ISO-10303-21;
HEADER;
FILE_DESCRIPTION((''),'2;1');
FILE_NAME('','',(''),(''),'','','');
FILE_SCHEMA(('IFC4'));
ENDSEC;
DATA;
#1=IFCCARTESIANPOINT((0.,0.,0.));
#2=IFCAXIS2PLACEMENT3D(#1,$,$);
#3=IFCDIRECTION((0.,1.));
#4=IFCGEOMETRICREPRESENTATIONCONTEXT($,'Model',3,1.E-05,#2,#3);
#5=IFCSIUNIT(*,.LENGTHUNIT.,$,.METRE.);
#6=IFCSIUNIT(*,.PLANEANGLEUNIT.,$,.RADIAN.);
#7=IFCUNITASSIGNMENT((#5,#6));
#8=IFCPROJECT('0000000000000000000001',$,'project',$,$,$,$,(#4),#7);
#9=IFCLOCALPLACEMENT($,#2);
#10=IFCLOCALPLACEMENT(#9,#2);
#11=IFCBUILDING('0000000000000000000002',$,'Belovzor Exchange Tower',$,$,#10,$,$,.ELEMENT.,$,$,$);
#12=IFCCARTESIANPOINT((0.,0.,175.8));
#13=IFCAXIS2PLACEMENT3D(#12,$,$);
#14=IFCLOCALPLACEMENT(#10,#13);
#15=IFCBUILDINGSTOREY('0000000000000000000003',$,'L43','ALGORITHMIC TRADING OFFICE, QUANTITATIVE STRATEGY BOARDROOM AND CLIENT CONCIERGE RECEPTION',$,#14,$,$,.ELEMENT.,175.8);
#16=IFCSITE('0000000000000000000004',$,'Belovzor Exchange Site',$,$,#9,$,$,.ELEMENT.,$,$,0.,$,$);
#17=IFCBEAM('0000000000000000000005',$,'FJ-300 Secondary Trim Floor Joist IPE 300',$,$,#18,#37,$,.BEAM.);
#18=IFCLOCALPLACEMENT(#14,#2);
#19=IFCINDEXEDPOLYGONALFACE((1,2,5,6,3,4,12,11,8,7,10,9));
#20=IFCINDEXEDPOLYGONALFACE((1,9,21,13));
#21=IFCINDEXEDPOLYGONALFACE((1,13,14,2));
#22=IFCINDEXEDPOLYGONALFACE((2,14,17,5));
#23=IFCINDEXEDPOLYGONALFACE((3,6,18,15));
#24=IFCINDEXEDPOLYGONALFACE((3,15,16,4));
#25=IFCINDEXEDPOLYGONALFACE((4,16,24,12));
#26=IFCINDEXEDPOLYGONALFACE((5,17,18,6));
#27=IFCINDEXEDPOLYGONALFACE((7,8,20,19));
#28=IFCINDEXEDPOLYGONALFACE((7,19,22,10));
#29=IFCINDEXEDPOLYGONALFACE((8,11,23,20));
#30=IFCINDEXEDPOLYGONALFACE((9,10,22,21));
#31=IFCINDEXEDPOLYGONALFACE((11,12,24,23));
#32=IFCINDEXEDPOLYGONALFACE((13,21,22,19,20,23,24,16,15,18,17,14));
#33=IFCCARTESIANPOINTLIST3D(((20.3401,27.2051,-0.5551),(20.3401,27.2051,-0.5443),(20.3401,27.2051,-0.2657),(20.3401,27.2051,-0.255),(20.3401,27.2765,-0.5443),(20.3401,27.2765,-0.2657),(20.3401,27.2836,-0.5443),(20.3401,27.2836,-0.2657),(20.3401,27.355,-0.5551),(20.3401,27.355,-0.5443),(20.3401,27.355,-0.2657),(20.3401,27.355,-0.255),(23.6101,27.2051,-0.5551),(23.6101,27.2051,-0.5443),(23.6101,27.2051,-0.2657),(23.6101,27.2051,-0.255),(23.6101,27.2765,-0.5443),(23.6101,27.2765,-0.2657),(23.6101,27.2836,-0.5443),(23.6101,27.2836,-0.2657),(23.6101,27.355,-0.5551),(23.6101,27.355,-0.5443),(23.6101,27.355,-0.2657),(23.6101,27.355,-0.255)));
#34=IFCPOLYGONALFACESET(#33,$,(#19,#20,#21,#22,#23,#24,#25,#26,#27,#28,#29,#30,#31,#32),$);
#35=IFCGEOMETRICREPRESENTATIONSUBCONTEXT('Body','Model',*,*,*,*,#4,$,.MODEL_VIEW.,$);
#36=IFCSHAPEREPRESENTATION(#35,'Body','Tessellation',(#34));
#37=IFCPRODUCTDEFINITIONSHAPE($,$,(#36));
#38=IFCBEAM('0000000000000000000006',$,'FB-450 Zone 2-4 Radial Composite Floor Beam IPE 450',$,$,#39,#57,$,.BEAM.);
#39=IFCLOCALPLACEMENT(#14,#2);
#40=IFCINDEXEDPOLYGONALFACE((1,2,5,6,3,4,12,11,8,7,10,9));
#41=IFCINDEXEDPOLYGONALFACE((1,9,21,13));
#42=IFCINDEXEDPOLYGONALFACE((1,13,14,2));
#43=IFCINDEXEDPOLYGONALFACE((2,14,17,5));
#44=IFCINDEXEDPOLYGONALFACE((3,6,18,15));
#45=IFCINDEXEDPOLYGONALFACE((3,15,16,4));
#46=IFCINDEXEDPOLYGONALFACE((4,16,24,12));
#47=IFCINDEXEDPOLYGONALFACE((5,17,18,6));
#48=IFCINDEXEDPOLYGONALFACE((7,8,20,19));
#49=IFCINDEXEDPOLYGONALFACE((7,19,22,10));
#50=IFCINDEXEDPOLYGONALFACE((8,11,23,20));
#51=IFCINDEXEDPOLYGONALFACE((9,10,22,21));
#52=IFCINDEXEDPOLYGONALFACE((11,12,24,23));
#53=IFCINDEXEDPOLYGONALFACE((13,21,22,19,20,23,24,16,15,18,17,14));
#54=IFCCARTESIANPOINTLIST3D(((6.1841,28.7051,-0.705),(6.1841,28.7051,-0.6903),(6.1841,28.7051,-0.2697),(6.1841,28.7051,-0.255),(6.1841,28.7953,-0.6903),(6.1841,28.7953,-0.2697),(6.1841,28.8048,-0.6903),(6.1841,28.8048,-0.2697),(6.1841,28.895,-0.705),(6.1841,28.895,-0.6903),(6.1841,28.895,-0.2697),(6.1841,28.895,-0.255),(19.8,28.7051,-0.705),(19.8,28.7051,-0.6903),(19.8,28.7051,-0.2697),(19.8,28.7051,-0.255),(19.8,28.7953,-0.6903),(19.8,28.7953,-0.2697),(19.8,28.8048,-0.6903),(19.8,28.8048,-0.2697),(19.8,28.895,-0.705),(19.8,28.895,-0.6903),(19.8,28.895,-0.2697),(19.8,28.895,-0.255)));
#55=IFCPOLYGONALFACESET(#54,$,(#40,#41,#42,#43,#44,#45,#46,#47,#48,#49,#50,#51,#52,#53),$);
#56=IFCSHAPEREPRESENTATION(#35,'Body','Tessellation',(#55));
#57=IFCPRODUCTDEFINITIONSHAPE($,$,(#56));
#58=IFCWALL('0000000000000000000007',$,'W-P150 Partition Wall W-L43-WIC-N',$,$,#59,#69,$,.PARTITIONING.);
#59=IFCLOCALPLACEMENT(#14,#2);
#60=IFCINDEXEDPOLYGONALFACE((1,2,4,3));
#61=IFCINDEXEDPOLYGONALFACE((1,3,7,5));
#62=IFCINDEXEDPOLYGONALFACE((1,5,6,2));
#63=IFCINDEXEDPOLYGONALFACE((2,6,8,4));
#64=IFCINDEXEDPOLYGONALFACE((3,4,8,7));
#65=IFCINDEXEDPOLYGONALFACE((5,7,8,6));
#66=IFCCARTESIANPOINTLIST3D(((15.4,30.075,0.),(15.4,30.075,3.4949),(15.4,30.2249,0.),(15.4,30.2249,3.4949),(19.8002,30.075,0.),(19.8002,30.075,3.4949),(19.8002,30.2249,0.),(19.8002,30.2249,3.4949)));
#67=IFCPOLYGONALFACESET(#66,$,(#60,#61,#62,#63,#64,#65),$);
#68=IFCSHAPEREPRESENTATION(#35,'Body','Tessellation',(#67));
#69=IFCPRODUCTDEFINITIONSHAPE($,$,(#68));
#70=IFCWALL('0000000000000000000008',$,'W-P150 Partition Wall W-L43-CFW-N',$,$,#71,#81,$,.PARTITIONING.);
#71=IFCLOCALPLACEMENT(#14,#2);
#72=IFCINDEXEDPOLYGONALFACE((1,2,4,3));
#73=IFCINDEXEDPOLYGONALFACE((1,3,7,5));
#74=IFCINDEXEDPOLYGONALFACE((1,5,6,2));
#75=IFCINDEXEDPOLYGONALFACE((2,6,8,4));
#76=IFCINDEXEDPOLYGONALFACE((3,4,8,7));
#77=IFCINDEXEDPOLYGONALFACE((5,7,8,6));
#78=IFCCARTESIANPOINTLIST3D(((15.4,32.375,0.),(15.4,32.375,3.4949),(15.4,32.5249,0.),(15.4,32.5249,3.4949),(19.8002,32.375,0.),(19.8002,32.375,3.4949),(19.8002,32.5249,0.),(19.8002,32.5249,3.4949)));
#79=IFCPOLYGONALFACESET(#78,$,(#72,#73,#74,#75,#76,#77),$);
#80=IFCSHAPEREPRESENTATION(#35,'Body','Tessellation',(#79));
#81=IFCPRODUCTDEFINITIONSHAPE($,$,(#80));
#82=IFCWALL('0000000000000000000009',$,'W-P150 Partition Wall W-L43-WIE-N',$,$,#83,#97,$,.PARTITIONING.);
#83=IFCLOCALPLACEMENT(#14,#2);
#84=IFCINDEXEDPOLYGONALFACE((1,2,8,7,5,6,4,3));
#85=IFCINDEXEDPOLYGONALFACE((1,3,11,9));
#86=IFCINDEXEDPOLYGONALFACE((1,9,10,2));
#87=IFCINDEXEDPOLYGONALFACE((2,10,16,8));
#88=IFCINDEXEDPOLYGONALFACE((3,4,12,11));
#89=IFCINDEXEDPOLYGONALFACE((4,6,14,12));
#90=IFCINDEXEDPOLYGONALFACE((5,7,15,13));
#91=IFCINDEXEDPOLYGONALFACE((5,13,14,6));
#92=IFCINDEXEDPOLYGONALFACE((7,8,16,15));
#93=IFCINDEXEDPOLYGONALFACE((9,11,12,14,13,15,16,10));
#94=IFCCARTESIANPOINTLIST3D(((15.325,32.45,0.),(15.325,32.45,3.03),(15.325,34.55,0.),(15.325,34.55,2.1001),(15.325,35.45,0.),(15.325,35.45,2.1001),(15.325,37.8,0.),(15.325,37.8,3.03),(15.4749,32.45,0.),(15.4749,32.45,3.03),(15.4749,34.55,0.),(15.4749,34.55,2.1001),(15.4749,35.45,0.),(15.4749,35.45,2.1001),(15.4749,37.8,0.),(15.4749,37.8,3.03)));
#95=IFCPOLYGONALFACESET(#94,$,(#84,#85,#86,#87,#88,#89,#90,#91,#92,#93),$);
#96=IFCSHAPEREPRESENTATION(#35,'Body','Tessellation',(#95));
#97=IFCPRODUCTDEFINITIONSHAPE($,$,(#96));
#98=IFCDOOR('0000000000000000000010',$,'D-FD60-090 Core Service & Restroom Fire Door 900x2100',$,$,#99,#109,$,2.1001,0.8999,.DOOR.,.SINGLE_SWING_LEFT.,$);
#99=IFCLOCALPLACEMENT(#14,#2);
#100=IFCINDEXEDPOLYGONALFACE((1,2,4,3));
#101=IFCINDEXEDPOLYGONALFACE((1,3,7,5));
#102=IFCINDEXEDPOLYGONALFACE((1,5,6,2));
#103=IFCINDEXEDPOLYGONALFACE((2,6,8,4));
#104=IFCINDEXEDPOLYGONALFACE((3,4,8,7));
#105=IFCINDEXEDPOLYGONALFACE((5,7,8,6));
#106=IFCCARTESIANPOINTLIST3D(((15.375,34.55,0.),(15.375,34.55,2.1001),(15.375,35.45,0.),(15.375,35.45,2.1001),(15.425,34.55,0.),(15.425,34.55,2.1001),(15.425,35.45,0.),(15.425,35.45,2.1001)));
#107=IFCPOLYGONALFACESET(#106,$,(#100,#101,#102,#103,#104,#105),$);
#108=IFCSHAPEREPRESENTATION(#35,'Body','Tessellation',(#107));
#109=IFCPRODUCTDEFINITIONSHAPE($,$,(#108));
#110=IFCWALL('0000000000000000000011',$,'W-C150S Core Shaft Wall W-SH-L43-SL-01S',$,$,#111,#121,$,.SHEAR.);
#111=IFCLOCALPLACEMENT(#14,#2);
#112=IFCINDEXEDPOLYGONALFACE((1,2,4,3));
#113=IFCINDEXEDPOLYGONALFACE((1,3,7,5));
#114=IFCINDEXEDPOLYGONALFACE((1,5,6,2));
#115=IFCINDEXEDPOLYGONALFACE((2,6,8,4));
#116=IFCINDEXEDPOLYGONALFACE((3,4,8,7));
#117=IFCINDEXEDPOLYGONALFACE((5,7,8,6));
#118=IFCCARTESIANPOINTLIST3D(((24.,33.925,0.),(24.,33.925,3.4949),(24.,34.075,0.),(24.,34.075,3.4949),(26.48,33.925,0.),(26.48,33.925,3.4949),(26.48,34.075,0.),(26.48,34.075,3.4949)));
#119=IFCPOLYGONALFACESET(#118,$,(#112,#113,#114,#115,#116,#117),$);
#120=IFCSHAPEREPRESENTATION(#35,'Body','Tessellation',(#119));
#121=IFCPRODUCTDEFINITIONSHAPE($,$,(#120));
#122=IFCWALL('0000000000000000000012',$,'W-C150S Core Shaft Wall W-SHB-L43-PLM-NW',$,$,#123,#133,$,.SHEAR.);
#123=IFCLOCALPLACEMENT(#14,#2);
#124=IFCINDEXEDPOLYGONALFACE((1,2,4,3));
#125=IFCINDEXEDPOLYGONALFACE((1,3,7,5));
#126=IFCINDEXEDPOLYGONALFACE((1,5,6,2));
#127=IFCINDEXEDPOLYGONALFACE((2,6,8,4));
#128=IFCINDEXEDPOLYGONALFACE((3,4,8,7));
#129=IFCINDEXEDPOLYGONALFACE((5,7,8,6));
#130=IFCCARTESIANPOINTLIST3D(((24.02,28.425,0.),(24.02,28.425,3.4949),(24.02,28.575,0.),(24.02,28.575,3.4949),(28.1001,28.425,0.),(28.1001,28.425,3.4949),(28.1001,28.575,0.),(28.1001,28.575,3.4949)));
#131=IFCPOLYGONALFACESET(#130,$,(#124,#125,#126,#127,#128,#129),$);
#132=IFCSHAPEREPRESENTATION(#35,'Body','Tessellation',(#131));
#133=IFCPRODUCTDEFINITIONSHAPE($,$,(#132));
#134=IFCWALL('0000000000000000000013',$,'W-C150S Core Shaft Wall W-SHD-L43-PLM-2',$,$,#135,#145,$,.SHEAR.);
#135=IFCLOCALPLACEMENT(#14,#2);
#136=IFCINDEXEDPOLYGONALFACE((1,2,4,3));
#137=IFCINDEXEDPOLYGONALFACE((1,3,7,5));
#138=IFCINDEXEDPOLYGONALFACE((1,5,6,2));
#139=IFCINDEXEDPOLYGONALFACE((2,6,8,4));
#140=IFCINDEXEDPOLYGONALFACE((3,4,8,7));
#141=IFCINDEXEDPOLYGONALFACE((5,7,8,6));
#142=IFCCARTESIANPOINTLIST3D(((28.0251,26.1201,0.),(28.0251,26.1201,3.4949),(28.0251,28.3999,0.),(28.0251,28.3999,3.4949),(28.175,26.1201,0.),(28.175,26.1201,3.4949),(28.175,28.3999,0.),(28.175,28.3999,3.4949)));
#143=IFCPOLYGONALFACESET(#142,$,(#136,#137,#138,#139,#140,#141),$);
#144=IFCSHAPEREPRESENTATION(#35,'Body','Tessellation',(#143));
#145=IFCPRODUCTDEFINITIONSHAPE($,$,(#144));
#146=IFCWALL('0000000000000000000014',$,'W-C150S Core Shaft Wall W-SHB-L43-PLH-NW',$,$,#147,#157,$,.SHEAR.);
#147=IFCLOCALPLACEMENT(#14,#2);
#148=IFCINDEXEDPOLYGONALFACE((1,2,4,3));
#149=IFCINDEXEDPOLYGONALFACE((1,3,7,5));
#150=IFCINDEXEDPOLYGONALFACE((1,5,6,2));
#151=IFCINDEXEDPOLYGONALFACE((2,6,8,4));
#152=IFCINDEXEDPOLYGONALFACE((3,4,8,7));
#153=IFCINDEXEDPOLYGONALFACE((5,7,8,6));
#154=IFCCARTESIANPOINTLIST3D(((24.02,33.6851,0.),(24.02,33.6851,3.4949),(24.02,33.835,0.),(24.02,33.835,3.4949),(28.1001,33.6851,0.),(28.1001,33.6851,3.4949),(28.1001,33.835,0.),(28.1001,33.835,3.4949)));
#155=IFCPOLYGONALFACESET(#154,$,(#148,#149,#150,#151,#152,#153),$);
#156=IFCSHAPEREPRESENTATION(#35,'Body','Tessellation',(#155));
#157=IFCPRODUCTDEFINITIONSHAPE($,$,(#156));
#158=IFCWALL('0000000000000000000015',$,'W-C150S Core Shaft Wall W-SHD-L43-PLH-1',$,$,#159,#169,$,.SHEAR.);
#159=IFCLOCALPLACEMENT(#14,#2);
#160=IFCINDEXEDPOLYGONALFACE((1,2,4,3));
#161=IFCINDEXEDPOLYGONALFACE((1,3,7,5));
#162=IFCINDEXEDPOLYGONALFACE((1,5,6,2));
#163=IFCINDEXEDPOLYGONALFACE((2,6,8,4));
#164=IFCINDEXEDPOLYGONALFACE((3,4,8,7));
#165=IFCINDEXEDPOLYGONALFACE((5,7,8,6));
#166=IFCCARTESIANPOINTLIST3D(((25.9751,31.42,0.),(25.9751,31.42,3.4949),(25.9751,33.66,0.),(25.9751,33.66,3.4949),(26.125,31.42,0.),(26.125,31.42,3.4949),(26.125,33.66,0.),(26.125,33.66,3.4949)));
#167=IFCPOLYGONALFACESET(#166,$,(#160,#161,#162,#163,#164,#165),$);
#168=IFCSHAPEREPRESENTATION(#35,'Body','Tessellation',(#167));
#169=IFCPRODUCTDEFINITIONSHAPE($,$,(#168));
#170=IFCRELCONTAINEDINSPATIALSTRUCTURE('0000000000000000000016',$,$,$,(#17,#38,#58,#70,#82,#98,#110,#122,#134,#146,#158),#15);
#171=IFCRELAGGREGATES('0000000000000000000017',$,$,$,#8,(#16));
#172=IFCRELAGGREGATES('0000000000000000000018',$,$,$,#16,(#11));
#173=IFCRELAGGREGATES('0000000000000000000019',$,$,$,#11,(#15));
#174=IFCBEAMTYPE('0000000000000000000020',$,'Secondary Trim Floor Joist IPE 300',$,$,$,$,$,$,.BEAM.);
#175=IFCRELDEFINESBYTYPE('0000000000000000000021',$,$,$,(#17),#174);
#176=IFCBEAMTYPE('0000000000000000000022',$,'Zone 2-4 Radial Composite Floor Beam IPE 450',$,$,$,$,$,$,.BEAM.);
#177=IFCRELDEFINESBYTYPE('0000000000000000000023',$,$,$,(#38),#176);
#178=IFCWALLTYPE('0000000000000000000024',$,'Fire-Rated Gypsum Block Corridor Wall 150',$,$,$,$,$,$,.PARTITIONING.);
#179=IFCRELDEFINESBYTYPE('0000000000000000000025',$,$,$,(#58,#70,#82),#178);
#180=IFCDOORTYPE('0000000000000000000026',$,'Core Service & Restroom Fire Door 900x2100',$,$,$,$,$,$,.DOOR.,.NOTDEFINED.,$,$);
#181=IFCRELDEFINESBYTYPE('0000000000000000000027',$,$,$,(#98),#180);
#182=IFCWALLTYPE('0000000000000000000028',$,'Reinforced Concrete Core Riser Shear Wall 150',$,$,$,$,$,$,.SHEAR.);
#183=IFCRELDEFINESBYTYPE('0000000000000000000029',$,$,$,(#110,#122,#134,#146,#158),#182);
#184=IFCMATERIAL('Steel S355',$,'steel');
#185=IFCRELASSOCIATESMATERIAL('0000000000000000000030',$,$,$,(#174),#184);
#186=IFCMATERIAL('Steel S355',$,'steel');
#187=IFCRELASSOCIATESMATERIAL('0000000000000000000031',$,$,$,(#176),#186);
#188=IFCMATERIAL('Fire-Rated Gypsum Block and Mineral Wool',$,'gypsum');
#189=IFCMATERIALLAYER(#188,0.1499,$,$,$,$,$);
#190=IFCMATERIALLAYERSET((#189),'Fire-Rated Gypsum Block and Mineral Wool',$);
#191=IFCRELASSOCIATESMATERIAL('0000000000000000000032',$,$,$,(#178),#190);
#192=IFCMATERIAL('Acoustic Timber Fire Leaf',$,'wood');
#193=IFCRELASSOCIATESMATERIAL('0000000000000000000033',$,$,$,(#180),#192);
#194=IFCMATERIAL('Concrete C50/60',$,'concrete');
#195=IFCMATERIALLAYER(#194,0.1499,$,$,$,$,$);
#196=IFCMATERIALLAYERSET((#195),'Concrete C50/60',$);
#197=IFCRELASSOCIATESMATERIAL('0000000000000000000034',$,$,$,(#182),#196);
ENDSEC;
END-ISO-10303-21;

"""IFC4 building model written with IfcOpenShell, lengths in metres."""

from ifc_helpers import new_model, si_unit, direction, frame, frame_2d, origin, origin_2d, place, context, subcontext, project, spatial, rectangle, i_section, extrude, material, layer, layer_set, material_profile, profile_set, type_object, element, fill, save


model = new_model("IFC4")

# Units and contexts
model_context = context("Model", 3, precision=1e-05, world=origin(), true_north=direction((0.0, 1.0)))
body_context = subcontext(model_context, "Body", "Model", "MODEL_VIEW")
ifc_project = project(units=[si_unit("LENGTHUNIT", "METRE"), si_unit("PLANEANGLEUNIT", "RADIAN")], contexts=[model_context])

# Site, building, storey
site_placement = place(None, origin())
site = spatial("IfcSite", under=ifc_project, at=site_placement, Name="Belovzor Exchange Site", CompositionType="ELEMENT", RefElevation=0.0)
building_placement = place(site_placement, origin())
building = spatial("IfcBuilding", under=site, at=building_placement, Name="Belovzor Exchange Tower", CompositionType="ELEMENT")
storey_placement = place(building_placement, frame((0.0, 0.0, 175.8)))
storey = spatial("IfcBuildingStorey", under=building, at=storey_placement, Name="L43", Description="ALGORITHMIC TRADING OFFICE, QUANTITATIVE STRATEGY BOARDROOM AND CLIENT CONCIERGE RECEPTION", CompositionType="ELEMENT", Elevation=175.8)

# Beams
ifc_material_1 = material(Name="Steel S355", Category="steel")
ifc_material_profile_1 = material_profile(ifc_material_1, i_section(OverallWidth=0.1499, OverallDepth=0.3, WebThickness=0.0071, FlangeThickness=0.0107, at=origin_2d()))
ifc_profile_set_1 = profile_set([ifc_material_profile_1], Name="Steel S355")
beam_type_1 = type_object("IfcBeamType", Name="Secondary Trim Floor Joist IPE 300", PredefinedType="BEAM", material=ifc_profile_set_1)
beam_1_placement = place(storey_placement, frame((20.3401, 27.28, -0.405), z_axis=(1.0, 0.0, 0.0), x_axis=(0.0, 1.0, 0.0)))
element("IfcBeam", 1, at=beam_1_placement, inside=storey, type_object=beam_type_1, Name="FJ-300 Secondary Trim Floor Joist IPE 300", PredefinedType="BEAM", context=body_context, shape_type="SweptSolid", body=[
    extrude(i_section(OverallWidth=0.1499, OverallDepth=0.3, WebThickness=0.0071, FlangeThickness=0.0107, at=origin_2d()), origin(), (0.0, 0.0, 1.0), 3.27),
])
ifc_material_2 = material(Name="Steel S355", Category="steel")
ifc_material_profile_2 = material_profile(ifc_material_2, i_section(OverallWidth=0.1899, OverallDepth=0.45, WebThickness=0.0095, FlangeThickness=0.0146, at=origin_2d()))
ifc_profile_set_2 = profile_set([ifc_material_profile_2], Name="Steel S355")
beam_type_2 = type_object("IfcBeamType", Name="Zone 2-4 Radial Composite Floor Beam IPE 450", PredefinedType="BEAM", material=ifc_profile_set_2)
beam_2_placement = place(storey_placement, frame((19.8, 28.8, -0.48), z_axis=(-1.0, 0.0, 0.0), x_axis=(0.0, -1.0, 0.0)))
element("IfcBeam", 2, at=beam_2_placement, inside=storey, type_object=beam_type_2, Name="FB-450 Zone 2-4 Radial Composite Floor Beam IPE 450", PredefinedType="BEAM", context=body_context, shape_type="SweptSolid", body=[
    extrude(i_section(OverallWidth=0.1899, OverallDepth=0.45, WebThickness=0.0095, FlangeThickness=0.0146, at=origin_2d()), origin(), (0.0, 0.0, 1.0), 13.616),
])

# Walls
ifc_material_3 = material(Name="Fire-Rated Gypsum Block and Mineral Wool", Category="gypsum")
ifc_layer_1 = layer(ifc_material_3, 0.1499)
ifc_layer_set_1 = layer_set([ifc_layer_1], Name="Fire-Rated Gypsum Block and Mineral Wool")
wall_type_1 = type_object("IfcWallType", Name="Fire-Rated Gypsum Block Corridor Wall 150", PredefinedType="PARTITIONING", material=ifc_layer_set_1)
for number, where, z_axis, x_axis, name in (
    (3, (15.3999, 30.1499, 0.0), (0.0, 0.0, 1.0), (1.0, 0.0, 0.0), "W-P150 Partition Wall W-L43-WIC-N"),
    (4, (15.3999, 32.45, 0.0), (0.0, 0.0, 1.0), (1.0, 0.0, 0.0), "W-P150 Partition Wall W-L43-CFW-N"),
):
    element("IfcWall", number, at=place(storey_placement, frame(where, z_axis=z_axis, x_axis=x_axis)), inside=storey, type_object=wall_type_1, Name=name, PredefinedType="PARTITIONING", context=body_context, shape_type="SweptSolid", body=[
        extrude(rectangle(XDim=4.4001, YDim=0.1499, at=frame_2d((2.2002, 0.0))), origin(), (0.0, 0.0, 1.0), 3.4949),
    ])

# Wall, opening, door
wall_1_placement = place(storey_placement, frame((15.3999, 32.45, 0.0), z_axis=(0.0, 0.0, 1.0), x_axis=(0.0, 1.0, 0.0)))
wall_1 = element("IfcWall", 5, at=wall_1_placement, inside=storey, type_object=wall_type_1, Name="W-P150 Partition Wall W-L43-WIE-N", PredefinedType="PARTITIONING", context=body_context, shape_type="SweptSolid", body=[
    extrude(rectangle(XDim=5.3501, YDim=0.1499, at=frame_2d((2.675, 0.0))), origin(), (0.0, 0.0, 1.0), 3.03),
])
opening_1_placement = place(wall_1_placement, frame((2.1001, 0.0, 0.0)))
opening_1 = element("IfcOpeningElement", 6, at=opening_1_placement, cuts=wall_1, PredefinedType="OPENING", context=body_context, shape_type="SweptSolid", body=[
    extrude(rectangle(XDim=0.8999, YDim=2.1001, at=frame_2d((0.45, 1.05))), frame((0.0, 0.085, 0.0), z_axis=(0.0, -1.0, 0.0), x_axis=(1.0, 0.0, 0.0)), (0.0, 0.0, 1.0), 0.1699),
])
ifc_material_4 = material(Name="Acoustic Timber Fire Leaf", Category="wood")
door_type_1 = type_object("IfcDoorType", Name="Core Service & Restroom Fire Door 900x2100", OperationType="NOTDEFINED", PredefinedType="DOOR", material=ifc_material_4)
door_1_placement = place(opening_1_placement, origin())
door_1 = element("IfcDoor", 7, at=door_1_placement, inside=storey, type_object=door_type_1, Name="D-FD60-090 Core Service & Restroom Fire Door 900x2100", OperationType="SINGLE_SWING_LEFT", OverallHeight=2.1001, OverallWidth=0.8999, PredefinedType="DOOR", context=body_context, shape_type="SweptSolid", body=[
    extrude(rectangle(XDim=0.8999, YDim=2.1001, at=frame_2d((0.45, 1.05))), frame((0.0, 0.0249, 0.0), z_axis=(0.0, -1.0, 0.0), x_axis=(1.0, 0.0, 0.0)), (0.0, 0.0, 1.0), 0.05),
])
fill(opening_1, door_1)

# Walls
ifc_material_5 = material(Name="Concrete C50/60", Category="concrete")
ifc_layer_2 = layer(ifc_material_5, 0.1499)
ifc_layer_set_2 = layer_set([ifc_layer_2], Name="Concrete C50/60")
wall_type_2 = type_object("IfcWallType", Name="Reinforced Concrete Core Riser Shear Wall 150", PredefinedType="SHEAR", material=ifc_layer_set_2)
wall_2_placement = place(storey_placement, frame((24.0, 34.0, 0.0), z_axis=(0.0, 0.0, 1.0), x_axis=(1.0, 0.0, 0.0)))
element("IfcWall", 8, at=wall_2_placement, inside=storey, type_object=wall_type_2, Name="W-C150S Core Shaft Wall W-SH-L43-SL-01S", PredefinedType="SHEAR", context=body_context, shape_type="SweptSolid", body=[
    extrude(rectangle(XDim=2.48, YDim=0.1499, at=frame_2d((1.24, 0.0))), origin(), (0.0, 0.0, 1.0), 3.4949),
])
wall_3_placement = place(storey_placement, frame((24.02, 28.5, 0.0), z_axis=(0.0, 0.0, 1.0), x_axis=(1.0, 0.0, 0.0)))
element("IfcWall", 9, at=wall_3_placement, inside=storey, type_object=wall_type_2, Name="W-C150S Core Shaft Wall W-SHB-L43-PLM-NW", PredefinedType="SHEAR", context=body_context, shape_type="SweptSolid", body=[
    extrude(rectangle(XDim=4.0801, YDim=0.1499, at=frame_2d((2.04, 0.0))), origin(), (0.0, 0.0, 1.0), 3.4949),
])
wall_4_placement = place(storey_placement, frame((28.1001, 26.1201, 0.0), z_axis=(0.0, 0.0, 1.0), x_axis=(0.0, 1.0, 0.0)))
element("IfcWall", 10, at=wall_4_placement, inside=storey, type_object=wall_type_2, Name="W-C150S Core Shaft Wall W-SHD-L43-PLM-2", PredefinedType="SHEAR", context=body_context, shape_type="SweptSolid", body=[
    extrude(rectangle(XDim=2.2798, YDim=0.1499, at=frame_2d((1.1399, 0.0))), origin(), (0.0, 0.0, 1.0), 3.4949),
])
wall_5_placement = place(storey_placement, frame((24.02, 33.76, 0.0), z_axis=(0.0, 0.0, 1.0), x_axis=(1.0, 0.0, 0.0)))
element("IfcWall", 11, at=wall_5_placement, inside=storey, type_object=wall_type_2, Name="W-C150S Core Shaft Wall W-SHB-L43-PLH-NW", PredefinedType="SHEAR", context=body_context, shape_type="SweptSolid", body=[
    extrude(rectangle(XDim=4.0801, YDim=0.1499, at=frame_2d((2.04, 0.0))), origin(), (0.0, 0.0, 1.0), 3.4949),
])
wall_6_placement = place(storey_placement, frame((26.05, 31.4199, 0.0), z_axis=(0.0, 0.0, 1.0), x_axis=(0.0, 1.0, 0.0)))
element("IfcWall", 12, at=wall_6_placement, inside=storey, type_object=wall_type_2, Name="W-C150S Core Shaft Wall W-SHD-L43-PLH-1", PredefinedType="SHEAR", context=body_context, shape_type="SweptSolid", body=[
    extrude(rectangle(XDim=2.24, YDim=0.1499, at=frame_2d((1.1201, 0.0))), origin(), (0.0, 0.0, 1.0), 3.4949),
])

save(model, "model.ifc")
